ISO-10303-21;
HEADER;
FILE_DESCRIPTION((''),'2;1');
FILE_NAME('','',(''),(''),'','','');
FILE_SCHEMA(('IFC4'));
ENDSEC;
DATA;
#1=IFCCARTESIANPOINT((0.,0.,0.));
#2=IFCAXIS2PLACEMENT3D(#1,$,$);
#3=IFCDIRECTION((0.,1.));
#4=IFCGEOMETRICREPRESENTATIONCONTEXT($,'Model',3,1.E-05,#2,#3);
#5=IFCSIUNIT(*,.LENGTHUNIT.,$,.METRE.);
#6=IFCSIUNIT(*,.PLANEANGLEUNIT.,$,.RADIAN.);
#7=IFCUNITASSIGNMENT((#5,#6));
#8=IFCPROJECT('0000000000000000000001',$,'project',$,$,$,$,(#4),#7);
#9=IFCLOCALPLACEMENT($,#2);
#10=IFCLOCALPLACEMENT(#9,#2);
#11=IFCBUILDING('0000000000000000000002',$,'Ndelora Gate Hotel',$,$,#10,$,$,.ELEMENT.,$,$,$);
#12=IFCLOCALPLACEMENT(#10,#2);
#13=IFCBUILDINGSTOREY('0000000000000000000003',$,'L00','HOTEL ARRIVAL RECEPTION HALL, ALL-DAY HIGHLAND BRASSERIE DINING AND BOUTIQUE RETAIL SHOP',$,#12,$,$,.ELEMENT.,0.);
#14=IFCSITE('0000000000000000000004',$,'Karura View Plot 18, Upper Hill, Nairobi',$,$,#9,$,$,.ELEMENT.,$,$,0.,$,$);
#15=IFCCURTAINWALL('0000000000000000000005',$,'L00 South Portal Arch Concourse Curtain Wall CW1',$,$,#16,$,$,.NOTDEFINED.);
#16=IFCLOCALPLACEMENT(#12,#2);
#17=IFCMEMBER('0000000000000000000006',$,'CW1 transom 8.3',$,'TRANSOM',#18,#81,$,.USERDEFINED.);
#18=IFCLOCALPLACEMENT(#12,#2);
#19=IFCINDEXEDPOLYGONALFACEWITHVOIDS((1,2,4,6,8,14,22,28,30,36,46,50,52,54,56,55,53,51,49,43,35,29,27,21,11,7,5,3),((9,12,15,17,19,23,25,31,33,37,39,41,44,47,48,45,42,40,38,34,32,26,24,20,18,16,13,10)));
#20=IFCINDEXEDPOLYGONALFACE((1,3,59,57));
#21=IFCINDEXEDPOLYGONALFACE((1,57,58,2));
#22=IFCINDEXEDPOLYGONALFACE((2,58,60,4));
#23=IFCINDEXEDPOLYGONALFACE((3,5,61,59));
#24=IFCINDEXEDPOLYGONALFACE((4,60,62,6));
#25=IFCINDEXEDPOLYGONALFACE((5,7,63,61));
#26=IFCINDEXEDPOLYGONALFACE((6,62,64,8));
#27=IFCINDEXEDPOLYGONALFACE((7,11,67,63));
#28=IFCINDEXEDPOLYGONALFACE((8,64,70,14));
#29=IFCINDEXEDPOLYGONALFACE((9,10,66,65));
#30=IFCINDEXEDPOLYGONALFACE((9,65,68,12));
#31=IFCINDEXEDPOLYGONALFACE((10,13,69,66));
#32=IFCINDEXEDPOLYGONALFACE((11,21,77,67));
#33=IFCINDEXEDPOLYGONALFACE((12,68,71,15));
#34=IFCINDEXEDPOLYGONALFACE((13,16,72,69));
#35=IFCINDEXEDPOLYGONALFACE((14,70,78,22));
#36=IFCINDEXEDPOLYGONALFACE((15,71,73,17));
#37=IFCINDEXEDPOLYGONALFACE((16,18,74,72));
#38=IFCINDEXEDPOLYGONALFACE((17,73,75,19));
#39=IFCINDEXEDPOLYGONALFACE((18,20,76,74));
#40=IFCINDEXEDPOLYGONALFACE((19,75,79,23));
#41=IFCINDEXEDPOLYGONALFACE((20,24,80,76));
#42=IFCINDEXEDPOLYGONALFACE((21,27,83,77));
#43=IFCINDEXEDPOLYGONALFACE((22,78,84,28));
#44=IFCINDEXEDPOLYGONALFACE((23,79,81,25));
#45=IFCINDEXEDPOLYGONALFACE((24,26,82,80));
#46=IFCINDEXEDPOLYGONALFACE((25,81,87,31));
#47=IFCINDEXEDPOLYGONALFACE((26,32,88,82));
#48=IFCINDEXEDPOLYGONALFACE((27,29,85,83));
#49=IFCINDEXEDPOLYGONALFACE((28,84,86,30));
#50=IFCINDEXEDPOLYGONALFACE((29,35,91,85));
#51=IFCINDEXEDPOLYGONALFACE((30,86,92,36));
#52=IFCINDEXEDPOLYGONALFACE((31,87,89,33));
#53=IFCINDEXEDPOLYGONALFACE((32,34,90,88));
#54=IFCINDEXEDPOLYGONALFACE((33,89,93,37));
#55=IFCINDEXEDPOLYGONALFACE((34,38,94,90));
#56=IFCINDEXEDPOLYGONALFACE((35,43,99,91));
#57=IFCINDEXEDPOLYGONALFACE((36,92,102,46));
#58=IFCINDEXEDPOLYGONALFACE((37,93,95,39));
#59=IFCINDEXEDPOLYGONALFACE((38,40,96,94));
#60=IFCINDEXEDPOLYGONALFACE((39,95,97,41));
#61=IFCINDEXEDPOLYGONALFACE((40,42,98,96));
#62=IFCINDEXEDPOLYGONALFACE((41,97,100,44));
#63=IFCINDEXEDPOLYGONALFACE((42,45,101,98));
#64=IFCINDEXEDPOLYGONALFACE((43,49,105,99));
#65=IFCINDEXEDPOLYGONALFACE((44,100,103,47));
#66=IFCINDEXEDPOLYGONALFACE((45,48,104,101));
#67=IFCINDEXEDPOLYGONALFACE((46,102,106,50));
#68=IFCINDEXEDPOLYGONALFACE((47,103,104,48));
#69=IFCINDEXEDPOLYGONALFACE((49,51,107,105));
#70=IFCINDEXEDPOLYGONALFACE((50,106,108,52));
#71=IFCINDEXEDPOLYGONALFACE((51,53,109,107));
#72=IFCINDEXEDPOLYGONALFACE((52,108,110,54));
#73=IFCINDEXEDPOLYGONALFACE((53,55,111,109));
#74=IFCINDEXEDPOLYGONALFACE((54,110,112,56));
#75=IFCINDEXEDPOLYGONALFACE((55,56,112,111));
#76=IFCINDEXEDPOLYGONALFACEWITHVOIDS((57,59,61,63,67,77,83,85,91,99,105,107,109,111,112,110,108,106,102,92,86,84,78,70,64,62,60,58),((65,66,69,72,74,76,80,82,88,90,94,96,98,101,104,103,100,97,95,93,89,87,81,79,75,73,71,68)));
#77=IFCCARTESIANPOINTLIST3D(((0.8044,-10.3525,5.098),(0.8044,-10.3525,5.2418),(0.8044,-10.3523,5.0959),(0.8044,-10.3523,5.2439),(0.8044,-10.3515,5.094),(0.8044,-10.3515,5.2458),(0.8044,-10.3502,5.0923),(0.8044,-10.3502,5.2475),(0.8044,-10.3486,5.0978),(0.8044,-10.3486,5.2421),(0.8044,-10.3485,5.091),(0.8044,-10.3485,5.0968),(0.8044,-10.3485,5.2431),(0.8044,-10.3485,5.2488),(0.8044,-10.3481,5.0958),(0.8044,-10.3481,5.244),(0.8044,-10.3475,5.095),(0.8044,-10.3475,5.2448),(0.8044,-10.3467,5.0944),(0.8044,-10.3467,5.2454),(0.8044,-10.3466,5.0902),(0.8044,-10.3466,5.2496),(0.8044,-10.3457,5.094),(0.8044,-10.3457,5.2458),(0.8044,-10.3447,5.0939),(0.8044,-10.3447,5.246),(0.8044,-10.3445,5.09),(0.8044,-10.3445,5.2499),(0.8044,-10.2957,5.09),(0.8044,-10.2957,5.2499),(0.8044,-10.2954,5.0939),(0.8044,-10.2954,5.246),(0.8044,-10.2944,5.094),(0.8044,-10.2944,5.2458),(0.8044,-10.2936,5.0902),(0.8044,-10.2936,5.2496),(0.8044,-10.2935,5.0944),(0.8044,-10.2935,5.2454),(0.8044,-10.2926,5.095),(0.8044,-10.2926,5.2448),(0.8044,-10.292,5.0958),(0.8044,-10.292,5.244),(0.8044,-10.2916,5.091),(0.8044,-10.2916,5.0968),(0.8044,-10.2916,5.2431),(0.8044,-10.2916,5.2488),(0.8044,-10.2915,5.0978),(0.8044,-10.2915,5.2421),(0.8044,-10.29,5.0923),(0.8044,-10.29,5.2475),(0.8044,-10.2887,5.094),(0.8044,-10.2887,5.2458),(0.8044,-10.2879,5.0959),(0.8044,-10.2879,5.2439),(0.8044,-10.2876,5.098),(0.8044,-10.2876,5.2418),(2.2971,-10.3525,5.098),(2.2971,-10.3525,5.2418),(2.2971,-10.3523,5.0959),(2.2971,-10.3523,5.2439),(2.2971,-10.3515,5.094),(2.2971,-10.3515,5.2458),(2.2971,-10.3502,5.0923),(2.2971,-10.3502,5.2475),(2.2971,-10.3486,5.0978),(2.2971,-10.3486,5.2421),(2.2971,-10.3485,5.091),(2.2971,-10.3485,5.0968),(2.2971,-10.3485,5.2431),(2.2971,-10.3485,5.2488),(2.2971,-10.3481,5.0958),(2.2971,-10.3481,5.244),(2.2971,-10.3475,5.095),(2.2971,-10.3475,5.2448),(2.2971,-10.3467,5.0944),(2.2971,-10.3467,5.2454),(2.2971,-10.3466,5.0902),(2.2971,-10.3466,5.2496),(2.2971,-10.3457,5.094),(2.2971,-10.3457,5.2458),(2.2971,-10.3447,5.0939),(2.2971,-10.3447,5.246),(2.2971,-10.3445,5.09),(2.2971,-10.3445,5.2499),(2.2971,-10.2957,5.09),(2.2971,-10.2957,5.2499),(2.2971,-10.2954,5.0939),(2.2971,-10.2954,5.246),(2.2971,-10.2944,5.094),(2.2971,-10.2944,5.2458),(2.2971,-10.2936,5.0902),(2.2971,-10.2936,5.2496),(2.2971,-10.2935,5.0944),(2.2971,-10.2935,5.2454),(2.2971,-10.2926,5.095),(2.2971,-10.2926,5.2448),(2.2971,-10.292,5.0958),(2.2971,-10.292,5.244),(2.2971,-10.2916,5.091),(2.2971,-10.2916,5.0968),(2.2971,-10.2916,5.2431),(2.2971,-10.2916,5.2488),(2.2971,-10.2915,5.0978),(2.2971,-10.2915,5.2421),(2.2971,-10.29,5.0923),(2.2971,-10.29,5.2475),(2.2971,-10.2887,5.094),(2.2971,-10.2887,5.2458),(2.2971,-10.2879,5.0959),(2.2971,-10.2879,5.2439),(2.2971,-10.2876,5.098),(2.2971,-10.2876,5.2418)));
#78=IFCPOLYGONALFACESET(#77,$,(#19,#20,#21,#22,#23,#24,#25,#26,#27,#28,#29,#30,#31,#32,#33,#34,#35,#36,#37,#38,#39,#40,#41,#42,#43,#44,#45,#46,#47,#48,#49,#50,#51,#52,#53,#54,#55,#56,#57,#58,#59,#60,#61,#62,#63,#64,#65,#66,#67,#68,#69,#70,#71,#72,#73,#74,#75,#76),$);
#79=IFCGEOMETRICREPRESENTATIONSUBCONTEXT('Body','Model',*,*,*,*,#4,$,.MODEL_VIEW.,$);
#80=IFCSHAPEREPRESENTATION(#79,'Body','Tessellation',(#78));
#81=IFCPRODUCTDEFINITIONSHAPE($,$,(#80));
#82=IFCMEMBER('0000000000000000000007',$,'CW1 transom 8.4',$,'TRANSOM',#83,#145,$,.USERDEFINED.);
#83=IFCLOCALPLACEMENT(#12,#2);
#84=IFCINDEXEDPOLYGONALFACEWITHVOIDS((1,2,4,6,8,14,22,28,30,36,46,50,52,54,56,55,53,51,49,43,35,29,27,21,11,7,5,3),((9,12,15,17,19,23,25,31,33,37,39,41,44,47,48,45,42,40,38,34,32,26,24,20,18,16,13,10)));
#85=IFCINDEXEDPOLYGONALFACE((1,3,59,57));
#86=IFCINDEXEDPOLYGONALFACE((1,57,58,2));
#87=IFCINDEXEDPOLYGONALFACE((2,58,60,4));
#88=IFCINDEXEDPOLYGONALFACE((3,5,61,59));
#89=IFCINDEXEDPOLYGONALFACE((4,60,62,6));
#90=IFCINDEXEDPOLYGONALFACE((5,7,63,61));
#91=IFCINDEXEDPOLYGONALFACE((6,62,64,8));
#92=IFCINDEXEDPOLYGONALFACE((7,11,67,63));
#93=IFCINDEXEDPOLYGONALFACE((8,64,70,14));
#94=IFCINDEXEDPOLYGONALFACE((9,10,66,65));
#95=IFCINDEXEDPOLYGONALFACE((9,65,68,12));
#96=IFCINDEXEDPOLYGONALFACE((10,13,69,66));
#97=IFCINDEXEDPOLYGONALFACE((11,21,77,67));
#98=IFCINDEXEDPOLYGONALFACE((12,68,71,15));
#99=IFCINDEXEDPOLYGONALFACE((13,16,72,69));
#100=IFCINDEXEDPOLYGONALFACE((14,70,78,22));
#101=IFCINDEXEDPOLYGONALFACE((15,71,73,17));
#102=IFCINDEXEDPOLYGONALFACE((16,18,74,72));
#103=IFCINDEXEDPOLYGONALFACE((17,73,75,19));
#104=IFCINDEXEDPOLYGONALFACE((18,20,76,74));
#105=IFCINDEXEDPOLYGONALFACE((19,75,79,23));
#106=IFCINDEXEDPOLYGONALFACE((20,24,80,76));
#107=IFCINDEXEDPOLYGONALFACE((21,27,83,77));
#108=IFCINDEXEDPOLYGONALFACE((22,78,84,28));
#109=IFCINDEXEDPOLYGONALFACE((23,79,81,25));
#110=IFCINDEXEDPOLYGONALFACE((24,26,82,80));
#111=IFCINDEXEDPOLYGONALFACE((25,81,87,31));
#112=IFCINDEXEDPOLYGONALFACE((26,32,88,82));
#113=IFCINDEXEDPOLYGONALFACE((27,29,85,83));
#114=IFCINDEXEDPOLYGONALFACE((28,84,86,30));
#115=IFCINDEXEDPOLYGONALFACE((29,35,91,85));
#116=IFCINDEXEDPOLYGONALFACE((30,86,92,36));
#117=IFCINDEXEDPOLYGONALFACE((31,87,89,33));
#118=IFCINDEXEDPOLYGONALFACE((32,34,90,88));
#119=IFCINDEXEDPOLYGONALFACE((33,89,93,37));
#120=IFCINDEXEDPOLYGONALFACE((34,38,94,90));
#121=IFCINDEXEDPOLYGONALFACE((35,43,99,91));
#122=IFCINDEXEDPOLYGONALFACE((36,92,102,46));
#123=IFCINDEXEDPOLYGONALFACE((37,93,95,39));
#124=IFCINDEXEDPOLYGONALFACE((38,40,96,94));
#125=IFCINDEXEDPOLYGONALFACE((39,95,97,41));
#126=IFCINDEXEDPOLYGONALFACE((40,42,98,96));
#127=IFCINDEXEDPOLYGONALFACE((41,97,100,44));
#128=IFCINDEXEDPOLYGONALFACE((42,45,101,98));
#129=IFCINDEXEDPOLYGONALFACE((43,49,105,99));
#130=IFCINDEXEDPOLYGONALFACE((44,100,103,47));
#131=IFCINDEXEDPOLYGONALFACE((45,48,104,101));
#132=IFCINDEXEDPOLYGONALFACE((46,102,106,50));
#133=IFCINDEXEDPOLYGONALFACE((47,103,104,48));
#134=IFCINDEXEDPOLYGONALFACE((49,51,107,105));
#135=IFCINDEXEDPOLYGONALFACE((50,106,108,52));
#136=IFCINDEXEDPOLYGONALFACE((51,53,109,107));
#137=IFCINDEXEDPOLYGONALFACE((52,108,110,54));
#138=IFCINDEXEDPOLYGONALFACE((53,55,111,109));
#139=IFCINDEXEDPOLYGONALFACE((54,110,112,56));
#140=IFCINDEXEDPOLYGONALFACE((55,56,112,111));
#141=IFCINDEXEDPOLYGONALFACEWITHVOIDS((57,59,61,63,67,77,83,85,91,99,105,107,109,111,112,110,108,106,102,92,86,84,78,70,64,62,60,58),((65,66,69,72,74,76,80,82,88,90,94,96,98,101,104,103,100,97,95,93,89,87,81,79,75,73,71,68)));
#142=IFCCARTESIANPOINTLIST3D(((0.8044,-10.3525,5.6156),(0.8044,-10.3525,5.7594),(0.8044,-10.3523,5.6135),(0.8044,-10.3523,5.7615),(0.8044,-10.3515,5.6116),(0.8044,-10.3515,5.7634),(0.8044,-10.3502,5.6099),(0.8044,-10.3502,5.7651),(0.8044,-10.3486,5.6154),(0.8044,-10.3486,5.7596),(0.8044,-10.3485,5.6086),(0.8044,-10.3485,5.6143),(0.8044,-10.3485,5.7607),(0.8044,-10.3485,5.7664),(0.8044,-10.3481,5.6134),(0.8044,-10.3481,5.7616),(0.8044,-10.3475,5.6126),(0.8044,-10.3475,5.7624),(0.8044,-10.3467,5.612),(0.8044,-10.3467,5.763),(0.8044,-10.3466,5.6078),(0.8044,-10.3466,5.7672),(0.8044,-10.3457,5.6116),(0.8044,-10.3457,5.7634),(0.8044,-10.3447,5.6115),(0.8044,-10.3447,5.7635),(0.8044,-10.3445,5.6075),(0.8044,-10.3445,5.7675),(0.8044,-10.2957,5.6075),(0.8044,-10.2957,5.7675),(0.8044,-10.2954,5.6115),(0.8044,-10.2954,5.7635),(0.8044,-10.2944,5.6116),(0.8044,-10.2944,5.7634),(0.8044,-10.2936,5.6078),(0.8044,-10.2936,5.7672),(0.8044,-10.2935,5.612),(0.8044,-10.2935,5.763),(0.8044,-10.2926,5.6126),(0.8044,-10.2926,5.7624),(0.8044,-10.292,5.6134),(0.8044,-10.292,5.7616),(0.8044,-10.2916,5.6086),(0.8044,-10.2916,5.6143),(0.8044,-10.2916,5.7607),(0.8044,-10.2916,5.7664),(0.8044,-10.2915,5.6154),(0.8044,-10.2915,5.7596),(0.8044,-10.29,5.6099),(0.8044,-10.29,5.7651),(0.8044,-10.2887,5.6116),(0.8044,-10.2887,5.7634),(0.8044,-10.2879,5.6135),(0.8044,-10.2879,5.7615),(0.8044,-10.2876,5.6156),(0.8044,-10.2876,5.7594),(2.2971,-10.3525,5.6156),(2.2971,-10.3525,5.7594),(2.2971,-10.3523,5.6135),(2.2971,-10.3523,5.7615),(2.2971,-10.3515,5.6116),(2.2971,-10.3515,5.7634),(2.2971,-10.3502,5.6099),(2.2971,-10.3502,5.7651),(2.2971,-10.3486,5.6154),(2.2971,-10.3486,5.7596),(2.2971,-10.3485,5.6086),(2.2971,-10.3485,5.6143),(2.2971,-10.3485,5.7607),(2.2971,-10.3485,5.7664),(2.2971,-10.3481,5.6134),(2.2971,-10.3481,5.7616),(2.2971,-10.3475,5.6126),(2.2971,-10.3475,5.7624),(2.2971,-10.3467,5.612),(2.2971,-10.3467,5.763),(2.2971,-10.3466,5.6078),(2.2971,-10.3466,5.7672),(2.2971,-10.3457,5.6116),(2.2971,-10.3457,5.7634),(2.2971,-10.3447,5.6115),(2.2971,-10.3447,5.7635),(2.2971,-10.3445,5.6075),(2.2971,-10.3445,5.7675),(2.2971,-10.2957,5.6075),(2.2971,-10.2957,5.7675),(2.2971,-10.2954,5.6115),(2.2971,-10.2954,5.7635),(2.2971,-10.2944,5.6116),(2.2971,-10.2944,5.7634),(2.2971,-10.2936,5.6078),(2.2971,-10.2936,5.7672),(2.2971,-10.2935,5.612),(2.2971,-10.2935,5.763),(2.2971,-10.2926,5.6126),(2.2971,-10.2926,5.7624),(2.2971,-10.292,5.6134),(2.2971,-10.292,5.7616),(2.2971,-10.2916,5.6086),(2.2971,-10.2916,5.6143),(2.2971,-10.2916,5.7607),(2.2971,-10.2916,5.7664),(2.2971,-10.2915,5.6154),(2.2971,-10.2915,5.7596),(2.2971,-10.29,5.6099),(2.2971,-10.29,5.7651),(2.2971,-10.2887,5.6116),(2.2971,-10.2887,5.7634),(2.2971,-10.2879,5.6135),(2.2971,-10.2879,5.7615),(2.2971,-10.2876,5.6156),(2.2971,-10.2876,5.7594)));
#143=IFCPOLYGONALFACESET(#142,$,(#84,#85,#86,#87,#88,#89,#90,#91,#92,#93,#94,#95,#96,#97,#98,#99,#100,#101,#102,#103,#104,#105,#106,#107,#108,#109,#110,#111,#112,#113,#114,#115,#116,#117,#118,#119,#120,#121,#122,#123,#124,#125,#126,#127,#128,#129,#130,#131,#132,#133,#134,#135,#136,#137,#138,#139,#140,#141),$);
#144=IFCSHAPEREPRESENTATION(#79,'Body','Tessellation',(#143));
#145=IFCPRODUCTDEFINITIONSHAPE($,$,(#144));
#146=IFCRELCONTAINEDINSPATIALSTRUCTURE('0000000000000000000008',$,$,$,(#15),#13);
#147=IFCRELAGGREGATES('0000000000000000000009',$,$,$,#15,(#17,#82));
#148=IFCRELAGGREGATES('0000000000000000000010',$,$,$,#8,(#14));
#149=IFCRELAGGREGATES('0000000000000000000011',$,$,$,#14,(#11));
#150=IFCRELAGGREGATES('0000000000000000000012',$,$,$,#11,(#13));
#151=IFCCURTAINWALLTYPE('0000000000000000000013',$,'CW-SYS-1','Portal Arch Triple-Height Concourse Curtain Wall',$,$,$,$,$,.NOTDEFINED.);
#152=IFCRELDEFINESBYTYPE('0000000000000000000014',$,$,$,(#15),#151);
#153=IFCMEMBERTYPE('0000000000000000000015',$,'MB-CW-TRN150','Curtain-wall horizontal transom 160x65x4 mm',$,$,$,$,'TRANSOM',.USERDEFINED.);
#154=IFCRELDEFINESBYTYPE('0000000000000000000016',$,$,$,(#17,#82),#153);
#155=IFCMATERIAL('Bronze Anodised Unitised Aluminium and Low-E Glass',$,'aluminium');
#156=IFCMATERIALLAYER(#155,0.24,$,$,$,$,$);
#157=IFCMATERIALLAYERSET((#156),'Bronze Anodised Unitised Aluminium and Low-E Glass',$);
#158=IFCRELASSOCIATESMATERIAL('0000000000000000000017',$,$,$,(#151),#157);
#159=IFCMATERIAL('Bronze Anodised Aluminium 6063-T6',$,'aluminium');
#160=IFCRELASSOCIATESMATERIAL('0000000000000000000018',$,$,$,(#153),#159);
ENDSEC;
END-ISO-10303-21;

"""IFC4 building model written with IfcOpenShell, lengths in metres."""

from ifc_helpers import new_model, si_unit, direction, frame, origin, origin_2d, place, context, subcontext, project, spatial, hollow_rectangle, extrude, material, layer, layer_set, material_profile, profile_set, type_object, element, aggregate, save


model = new_model("IFC4")

# Units and contexts
model_context = context("Model", 3, precision=1e-05, world=origin(), true_north=direction((0.0, 1.0)))
body_context = subcontext(model_context, "Body", "Model", "MODEL_VIEW")
ifc_project = project(units=[si_unit("LENGTHUNIT", "METRE"), si_unit("PLANEANGLEUNIT", "RADIAN")], contexts=[model_context])

# Site, building, storey
site_placement = place(None, origin())
site = spatial("IfcSite", under=ifc_project, at=site_placement, Name="Karura View Plot 18, Upper Hill, Nairobi", CompositionType="ELEMENT", RefElevation=0.0)
building_placement = place(site_placement, origin())
building = spatial("IfcBuilding", under=site, at=building_placement, Name="Ndelora Gate Hotel", CompositionType="ELEMENT")
storey_placement = place(building_placement, origin())
storey = spatial("IfcBuildingStorey", under=building, at=storey_placement, Name="L00", Description="HOTEL ARRIVAL RECEPTION HALL, ALL-DAY HIGHLAND BRASSERIE DINING AND BOUTIQUE RETAIL SHOP", CompositionType="ELEMENT", Elevation=0.0)

# Curtain wall, members
ifc_material_1 = material(Name="Bronze Anodised Unitised Aluminium and Low-E Glass", Category="aluminium")
ifc_layer_1 = layer(ifc_material_1, 0.24)
ifc_layer_set_1 = layer_set([ifc_layer_1], Name="Bronze Anodised Unitised Aluminium and Low-E Glass")
curtain_wall_type = type_object("IfcCurtainWallType", Name="CW-SYS-1", Description="Portal Arch Triple-Height Concourse Curtain Wall", PredefinedType="NOTDEFINED", material=ifc_layer_set_1)
curtain_wall_placement = place(storey_placement, origin())
curtain_wall = element("IfcCurtainWall", 1, at=curtain_wall_placement, inside=storey, type_object=curtain_wall_type, Name="L00 South Portal Arch Concourse Curtain Wall CW1", PredefinedType="NOTDEFINED")
ifc_material_2 = material(Name="Bronze Anodised Aluminium 6063-T6", Category="aluminium")
ifc_material_profile_1 = material_profile(ifc_material_2, hollow_rectangle(XDim=0.0649, YDim=0.1599, WallThickness=0.0039, InnerFilletRadius=0.0039, OuterFilletRadius=0.0081, at=origin_2d()), Name="ALU 160x65x4")
ifc_profile_set_1 = profile_set([ifc_material_profile_1], Name="Bronze Anodised Aluminium 6063-T6")
member_type_1 = type_object("IfcMemberType", Name="MB-CW-TRN150", Description="Curtain-wall horizontal transom 160x65x4 mm", ElementType="TRANSOM", PredefinedType="USERDEFINED", material=ifc_profile_set_1)
member_1_placement = place(storey_placement, frame((0.8044, -10.3201, 5.1699), z_axis=(1.0, 0.0, 0.0), x_axis=(0.0, 1.0, 0.0)))
member_1 = element("IfcMember", 2, at=member_1_placement, type_object=member_type_1, Name="CW1 transom 8.3", ObjectType="TRANSOM", PredefinedType="USERDEFINED", context=body_context, shape_type="SweptSolid", body=[
    extrude(hollow_rectangle(XDim=0.0649, YDim=0.1599, WallThickness=0.0039, InnerFilletRadius=0.0039, OuterFilletRadius=0.0081, at=origin_2d()), origin(), (0.0, 0.0, 1.0), 1.4927),
])
member_2_placement = place(storey_placement, frame((0.8044, -10.3201, 5.6875), z_axis=(1.0, 0.0, 0.0), x_axis=(0.0, 1.0, 0.0)))
member_2 = element("IfcMember", 3, at=member_2_placement, type_object=member_type_1, Name="CW1 transom 8.4", ObjectType="TRANSOM", PredefinedType="USERDEFINED", context=body_context, shape_type="SweptSolid", body=[
    extrude(hollow_rectangle(XDim=0.0649, YDim=0.1599, WallThickness=0.0039, InnerFilletRadius=0.0039, OuterFilletRadius=0.0081, at=origin_2d()), origin(), (0.0, 0.0, 1.0), 1.4927),
])
aggregate(curtain_wall, [member_1, member_2])

save(model, "model.ifc")
